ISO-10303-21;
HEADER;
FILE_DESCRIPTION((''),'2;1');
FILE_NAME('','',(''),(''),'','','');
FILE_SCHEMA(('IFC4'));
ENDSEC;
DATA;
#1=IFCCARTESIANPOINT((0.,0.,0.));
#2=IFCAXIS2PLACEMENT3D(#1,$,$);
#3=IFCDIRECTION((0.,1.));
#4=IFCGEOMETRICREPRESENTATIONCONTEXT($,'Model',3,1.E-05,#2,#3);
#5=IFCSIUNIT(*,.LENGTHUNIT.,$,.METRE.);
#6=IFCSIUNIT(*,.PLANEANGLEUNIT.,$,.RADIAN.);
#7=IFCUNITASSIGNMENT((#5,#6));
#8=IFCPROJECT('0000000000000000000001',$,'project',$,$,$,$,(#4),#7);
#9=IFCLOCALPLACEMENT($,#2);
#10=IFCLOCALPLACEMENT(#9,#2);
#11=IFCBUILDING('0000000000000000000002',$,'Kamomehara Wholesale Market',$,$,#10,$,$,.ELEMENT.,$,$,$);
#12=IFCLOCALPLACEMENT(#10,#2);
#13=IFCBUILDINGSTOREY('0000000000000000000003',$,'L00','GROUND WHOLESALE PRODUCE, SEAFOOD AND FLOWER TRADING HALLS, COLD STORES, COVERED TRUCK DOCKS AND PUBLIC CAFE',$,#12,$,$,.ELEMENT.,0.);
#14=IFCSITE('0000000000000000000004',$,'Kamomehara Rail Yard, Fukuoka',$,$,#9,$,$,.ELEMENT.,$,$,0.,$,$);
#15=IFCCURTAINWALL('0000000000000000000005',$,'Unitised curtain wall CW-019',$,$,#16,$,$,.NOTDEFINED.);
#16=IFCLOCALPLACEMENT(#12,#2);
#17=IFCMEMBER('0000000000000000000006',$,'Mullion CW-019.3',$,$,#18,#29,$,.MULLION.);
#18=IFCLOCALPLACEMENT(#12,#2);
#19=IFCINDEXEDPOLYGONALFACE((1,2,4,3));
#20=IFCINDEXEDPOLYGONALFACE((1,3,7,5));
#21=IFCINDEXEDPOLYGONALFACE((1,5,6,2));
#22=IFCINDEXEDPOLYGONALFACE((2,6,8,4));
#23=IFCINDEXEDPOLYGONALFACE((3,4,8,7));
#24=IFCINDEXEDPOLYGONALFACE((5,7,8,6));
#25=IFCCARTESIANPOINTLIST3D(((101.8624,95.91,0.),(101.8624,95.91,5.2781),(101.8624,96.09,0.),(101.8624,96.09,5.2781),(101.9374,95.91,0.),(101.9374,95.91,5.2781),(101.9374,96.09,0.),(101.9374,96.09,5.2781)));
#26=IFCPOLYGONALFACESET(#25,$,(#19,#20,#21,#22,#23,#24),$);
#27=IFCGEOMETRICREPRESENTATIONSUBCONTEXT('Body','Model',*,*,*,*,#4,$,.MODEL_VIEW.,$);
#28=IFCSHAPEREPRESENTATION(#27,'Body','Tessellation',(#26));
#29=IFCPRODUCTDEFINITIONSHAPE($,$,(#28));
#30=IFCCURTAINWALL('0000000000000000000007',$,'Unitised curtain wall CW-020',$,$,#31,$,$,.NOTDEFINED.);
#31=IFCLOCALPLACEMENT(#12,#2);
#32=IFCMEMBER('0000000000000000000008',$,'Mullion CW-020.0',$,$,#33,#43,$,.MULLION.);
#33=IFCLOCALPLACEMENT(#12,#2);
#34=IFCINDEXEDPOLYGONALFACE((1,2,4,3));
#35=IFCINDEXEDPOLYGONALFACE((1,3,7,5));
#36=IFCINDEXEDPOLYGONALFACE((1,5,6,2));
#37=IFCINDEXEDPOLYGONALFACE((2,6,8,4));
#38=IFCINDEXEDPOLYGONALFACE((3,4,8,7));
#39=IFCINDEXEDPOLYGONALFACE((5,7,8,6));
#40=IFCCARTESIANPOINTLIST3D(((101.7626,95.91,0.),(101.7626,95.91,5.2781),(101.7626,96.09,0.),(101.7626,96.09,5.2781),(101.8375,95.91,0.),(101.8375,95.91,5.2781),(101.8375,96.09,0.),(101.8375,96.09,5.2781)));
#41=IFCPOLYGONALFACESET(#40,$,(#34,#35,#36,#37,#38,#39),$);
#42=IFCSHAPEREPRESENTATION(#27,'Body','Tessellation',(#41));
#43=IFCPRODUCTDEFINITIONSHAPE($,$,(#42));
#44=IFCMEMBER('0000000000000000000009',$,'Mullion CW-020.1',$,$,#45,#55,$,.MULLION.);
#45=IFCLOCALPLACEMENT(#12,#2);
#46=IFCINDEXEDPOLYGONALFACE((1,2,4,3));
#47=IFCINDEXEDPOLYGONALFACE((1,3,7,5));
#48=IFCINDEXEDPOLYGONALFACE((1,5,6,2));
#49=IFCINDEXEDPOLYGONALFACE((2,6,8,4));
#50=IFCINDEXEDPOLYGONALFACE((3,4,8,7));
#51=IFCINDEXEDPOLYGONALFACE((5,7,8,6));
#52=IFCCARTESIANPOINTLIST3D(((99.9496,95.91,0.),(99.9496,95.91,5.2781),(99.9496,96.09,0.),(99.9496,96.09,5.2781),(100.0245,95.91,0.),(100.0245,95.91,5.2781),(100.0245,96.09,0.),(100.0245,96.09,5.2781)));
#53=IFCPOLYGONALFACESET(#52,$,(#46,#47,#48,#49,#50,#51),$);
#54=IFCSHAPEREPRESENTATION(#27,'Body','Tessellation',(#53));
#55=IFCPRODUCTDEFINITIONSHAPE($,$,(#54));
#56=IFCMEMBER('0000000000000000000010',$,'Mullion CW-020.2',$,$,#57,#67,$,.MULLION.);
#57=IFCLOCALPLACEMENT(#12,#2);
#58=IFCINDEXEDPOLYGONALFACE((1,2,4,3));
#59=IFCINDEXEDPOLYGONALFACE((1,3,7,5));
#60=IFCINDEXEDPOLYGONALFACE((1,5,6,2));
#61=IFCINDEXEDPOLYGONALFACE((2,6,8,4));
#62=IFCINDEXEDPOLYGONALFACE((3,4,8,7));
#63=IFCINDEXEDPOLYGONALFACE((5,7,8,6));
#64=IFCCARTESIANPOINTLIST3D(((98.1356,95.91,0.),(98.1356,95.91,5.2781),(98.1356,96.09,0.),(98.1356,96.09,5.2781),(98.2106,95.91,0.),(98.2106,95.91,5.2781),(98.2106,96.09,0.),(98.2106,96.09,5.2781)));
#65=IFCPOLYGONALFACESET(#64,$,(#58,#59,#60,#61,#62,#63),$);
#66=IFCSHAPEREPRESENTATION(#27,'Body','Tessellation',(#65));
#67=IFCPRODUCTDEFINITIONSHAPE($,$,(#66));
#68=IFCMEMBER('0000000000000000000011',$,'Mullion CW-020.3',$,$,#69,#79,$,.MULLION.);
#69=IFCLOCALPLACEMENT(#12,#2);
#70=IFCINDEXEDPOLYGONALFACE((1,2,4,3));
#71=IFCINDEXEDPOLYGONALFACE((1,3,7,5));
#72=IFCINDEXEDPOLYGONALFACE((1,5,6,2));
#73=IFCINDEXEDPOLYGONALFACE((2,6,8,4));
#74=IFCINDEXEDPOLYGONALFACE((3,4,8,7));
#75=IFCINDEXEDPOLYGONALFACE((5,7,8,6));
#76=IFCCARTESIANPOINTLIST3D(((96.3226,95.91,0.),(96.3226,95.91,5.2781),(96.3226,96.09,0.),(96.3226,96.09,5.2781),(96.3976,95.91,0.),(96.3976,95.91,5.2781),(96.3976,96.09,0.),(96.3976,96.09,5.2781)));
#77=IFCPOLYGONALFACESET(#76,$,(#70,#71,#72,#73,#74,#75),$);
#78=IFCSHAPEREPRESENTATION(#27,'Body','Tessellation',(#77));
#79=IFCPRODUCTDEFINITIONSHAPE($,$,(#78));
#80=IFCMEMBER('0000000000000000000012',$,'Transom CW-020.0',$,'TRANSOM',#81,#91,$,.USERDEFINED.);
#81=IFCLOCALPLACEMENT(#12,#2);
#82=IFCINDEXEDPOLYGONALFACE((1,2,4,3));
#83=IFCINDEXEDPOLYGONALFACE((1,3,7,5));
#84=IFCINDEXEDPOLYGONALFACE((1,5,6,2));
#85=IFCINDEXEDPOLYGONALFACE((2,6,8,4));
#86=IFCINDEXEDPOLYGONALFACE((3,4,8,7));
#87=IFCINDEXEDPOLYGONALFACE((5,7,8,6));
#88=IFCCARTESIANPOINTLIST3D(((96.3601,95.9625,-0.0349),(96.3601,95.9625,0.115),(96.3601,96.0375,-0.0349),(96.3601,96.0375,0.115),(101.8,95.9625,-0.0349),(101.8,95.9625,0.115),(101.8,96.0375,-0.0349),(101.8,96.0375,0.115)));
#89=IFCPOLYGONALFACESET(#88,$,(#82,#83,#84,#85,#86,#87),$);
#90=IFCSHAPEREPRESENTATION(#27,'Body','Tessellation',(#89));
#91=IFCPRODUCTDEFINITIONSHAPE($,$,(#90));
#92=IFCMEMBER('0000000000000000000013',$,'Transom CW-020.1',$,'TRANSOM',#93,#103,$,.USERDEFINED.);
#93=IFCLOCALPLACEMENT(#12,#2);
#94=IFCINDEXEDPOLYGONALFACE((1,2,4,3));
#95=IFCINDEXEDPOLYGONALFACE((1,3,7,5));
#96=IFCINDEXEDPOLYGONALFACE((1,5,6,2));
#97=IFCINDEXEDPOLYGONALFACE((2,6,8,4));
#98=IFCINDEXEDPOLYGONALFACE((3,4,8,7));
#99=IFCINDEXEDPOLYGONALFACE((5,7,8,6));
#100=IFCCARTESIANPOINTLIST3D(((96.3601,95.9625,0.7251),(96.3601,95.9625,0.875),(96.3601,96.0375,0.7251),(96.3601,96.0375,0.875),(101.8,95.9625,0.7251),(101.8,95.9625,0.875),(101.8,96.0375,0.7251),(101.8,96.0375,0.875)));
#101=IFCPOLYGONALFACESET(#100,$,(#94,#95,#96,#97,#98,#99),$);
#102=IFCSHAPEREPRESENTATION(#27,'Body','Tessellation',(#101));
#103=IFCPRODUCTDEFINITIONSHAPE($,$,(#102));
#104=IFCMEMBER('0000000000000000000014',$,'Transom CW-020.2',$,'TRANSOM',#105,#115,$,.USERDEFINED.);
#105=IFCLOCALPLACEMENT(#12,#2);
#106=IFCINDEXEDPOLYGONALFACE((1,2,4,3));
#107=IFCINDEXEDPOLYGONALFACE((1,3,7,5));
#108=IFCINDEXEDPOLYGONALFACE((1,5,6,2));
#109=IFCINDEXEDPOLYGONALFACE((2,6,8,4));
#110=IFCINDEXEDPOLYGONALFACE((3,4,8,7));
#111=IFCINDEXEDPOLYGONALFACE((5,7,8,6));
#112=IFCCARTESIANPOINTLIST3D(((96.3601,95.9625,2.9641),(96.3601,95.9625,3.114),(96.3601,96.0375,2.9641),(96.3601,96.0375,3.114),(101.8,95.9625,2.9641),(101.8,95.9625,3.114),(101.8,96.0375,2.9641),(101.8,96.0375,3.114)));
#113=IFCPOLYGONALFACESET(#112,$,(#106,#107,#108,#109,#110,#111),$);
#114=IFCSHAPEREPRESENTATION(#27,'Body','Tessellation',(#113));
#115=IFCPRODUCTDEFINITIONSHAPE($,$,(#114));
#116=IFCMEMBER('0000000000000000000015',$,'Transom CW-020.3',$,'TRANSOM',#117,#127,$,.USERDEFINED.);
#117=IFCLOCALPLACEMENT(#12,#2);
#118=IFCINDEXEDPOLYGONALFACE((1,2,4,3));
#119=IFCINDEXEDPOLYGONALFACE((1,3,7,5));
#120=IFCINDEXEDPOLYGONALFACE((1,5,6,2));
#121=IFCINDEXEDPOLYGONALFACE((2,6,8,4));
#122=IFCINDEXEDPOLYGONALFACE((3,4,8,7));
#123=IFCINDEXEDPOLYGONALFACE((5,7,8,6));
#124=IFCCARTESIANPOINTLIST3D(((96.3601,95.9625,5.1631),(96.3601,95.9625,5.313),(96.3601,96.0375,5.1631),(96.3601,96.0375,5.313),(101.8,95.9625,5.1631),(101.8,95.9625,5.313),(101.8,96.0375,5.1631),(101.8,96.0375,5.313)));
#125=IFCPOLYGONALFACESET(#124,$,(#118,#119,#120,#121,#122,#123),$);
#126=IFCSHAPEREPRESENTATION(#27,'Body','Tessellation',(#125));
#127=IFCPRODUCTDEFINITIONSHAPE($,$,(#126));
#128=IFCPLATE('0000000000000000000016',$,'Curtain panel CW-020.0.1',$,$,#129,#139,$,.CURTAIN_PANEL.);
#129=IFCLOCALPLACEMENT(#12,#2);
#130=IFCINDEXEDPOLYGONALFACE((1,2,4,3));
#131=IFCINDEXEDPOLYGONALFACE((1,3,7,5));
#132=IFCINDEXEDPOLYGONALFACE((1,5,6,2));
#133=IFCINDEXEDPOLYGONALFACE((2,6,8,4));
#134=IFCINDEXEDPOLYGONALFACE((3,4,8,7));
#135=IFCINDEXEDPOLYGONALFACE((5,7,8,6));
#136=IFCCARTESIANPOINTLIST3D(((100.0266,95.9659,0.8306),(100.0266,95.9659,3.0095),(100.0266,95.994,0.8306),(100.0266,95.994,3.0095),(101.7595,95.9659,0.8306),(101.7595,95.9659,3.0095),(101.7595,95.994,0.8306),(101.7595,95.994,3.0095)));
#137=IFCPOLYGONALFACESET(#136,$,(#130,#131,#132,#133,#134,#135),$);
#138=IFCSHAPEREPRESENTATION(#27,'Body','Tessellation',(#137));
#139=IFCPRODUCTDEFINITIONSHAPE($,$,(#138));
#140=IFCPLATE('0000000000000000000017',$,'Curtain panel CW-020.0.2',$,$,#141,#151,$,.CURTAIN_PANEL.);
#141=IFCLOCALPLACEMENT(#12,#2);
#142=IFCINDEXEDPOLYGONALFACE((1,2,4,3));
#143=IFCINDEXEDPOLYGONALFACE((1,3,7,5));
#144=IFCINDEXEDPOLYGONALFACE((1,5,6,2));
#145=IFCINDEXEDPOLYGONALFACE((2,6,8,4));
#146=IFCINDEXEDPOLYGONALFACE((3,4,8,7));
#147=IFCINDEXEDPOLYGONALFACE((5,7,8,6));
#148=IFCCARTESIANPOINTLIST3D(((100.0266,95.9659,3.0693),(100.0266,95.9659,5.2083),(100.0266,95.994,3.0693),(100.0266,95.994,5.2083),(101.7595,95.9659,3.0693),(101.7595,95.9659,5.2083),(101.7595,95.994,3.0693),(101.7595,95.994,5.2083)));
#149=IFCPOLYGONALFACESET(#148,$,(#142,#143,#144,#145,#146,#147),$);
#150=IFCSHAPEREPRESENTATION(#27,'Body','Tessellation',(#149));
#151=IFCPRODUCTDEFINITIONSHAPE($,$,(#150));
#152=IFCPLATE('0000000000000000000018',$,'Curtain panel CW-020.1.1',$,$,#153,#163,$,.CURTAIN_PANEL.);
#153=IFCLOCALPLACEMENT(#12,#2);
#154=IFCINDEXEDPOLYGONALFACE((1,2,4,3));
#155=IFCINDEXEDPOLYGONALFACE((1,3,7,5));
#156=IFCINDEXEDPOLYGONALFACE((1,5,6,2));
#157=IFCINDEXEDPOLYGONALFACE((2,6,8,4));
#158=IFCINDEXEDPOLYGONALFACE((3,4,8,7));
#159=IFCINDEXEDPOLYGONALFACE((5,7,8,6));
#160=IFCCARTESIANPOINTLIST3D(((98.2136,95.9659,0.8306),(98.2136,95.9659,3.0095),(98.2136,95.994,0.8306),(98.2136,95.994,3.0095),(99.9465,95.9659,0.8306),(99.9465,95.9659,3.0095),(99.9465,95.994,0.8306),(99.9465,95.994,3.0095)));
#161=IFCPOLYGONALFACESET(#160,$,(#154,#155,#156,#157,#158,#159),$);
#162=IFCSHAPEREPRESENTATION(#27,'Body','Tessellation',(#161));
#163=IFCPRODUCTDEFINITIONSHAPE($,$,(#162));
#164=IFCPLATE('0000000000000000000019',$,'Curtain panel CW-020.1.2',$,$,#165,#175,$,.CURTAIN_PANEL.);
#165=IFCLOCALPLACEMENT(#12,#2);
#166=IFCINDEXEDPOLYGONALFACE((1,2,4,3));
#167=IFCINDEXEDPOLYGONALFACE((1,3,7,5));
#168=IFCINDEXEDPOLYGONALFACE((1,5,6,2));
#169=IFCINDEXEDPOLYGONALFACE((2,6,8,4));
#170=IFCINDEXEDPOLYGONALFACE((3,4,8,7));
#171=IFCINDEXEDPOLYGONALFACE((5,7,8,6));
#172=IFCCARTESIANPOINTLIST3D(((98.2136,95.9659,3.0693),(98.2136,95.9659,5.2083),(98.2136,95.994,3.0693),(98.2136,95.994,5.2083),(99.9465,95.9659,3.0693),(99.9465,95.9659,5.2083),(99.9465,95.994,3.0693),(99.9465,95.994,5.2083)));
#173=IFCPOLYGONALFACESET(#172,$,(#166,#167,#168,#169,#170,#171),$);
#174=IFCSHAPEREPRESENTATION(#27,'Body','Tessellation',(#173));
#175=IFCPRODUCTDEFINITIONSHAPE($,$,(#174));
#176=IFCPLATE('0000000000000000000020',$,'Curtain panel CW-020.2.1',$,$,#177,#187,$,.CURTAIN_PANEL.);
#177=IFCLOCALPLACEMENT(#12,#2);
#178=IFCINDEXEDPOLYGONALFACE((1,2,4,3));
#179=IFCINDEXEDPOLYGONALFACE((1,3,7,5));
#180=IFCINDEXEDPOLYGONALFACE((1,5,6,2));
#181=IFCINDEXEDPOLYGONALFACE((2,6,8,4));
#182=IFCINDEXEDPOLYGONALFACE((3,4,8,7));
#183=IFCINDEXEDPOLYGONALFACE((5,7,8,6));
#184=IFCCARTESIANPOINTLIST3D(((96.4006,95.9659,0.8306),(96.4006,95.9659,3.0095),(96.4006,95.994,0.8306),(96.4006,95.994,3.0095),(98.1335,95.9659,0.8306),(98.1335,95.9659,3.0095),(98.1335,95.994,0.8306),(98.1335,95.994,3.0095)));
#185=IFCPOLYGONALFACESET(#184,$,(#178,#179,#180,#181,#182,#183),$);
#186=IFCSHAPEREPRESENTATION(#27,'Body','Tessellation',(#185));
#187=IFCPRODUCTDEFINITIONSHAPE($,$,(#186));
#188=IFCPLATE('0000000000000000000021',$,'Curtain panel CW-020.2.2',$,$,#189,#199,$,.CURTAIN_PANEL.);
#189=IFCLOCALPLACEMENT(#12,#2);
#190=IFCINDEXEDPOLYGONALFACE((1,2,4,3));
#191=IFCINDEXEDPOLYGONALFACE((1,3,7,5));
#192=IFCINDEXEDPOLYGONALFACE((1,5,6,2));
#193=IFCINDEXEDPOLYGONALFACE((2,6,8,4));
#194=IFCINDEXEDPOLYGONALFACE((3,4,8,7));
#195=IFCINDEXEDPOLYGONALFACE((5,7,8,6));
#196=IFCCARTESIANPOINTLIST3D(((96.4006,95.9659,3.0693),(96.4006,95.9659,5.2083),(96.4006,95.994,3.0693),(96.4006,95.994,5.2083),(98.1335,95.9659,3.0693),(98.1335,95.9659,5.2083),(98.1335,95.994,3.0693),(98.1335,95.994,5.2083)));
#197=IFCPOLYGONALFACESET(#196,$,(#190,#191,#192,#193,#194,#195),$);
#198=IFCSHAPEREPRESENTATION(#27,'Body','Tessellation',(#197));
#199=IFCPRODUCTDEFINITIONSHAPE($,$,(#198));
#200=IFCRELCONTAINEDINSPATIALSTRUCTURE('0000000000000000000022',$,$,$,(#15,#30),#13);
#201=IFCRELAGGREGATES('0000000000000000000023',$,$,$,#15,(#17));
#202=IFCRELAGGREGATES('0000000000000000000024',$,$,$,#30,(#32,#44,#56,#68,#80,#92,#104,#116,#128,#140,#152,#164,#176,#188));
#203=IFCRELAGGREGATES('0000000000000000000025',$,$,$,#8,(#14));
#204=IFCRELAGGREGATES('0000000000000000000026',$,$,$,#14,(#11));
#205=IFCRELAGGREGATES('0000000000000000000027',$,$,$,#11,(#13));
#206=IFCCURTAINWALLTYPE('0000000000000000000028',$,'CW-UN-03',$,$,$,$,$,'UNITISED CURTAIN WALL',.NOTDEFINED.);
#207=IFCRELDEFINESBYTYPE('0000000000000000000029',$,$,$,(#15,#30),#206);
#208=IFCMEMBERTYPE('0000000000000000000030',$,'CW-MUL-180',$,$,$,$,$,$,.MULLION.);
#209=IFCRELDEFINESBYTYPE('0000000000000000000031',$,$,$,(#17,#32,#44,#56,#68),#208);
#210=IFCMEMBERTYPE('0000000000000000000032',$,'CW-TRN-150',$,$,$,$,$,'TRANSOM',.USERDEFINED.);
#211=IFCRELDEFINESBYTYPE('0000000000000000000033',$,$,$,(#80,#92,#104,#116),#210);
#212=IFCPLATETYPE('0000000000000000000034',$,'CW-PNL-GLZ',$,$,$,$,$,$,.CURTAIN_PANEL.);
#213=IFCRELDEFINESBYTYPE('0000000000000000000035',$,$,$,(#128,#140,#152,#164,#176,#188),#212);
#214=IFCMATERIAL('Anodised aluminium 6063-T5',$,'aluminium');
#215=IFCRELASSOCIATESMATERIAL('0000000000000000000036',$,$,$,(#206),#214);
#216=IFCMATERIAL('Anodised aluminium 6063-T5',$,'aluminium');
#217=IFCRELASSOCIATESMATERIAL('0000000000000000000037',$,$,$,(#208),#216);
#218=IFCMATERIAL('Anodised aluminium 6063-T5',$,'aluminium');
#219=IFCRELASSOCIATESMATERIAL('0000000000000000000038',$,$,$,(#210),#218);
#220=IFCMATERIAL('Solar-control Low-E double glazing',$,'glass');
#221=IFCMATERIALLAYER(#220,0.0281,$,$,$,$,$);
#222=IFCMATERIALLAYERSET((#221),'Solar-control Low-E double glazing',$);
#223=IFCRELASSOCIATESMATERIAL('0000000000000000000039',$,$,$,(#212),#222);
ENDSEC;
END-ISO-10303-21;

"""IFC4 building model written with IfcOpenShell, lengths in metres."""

from ifc_helpers import new_model, si_unit, direction, frame, origin, origin_2d, place, context, subcontext, project, spatial, rectangle, extrude, material, layer, layer_set, material_profile, profile_set, type_object, element, aggregate, save


model = new_model("IFC4")

# Units and contexts
model_context = context("Model", 3, precision=1e-05, world=origin(), true_north=direction((0.0, 1.0)))
body_context = subcontext(model_context, "Body", "Model", "MODEL_VIEW")
ifc_project = project(units=[si_unit("LENGTHUNIT", "METRE"), si_unit("PLANEANGLEUNIT", "RADIAN")], contexts=[model_context])

# Site, building, storey
site_placement = place(None, origin())
site = spatial("IfcSite", under=ifc_project, at=site_placement, Name="Kamomehara Rail Yard, Fukuoka", CompositionType="ELEMENT", RefElevation=0.0)
building_placement = place(site_placement, origin())
building = spatial("IfcBuilding", under=site, at=building_placement, Name="Kamomehara Wholesale Market", CompositionType="ELEMENT")
storey_placement = place(building_placement, origin())
storey = spatial("IfcBuildingStorey", under=building, at=storey_placement, Name="L00", Description="GROUND WHOLESALE PRODUCE, SEAFOOD AND FLOWER TRADING HALLS, COLD STORES, COVERED TRUCK DOCKS AND PUBLIC CAFE", CompositionType="ELEMENT", Elevation=0.0)

# Curtain wall, member
ifc_material_1 = material(Name="Anodised aluminium 6063-T5", Category="aluminium")
curtain_wall_type = type_object("IfcCurtainWallType", Name="CW-UN-03", ElementType="UNITISED CURTAIN WALL", PredefinedType="NOTDEFINED", material=ifc_material_1)
curtain_wall_1_placement = place(storey_placement, origin())
curtain_wall_1 = element("IfcCurtainWall", 1, at=curtain_wall_1_placement, inside=storey, type_object=curtain_wall_type, Name="Unitised curtain wall CW-019", PredefinedType="NOTDEFINED")
ifc_material_2 = material(Name="Anodised aluminium 6063-T5", Category="aluminium")
ifc_material_profile_1 = material_profile(ifc_material_2, rectangle(XDim=0.075, YDim=0.1799, at=origin_2d()), Name="ALU-MUL-75x180")
ifc_profile_set_1 = profile_set([ifc_material_profile_1], Name="Anodised aluminium 6063-T5")
member_type_1 = type_object("IfcMemberType", Name="CW-MUL-180", PredefinedType="MULLION", material=ifc_profile_set_1)
member_1_placement = place(storey_placement, frame((101.8999, 96.0, 0.0), z_axis=(0.0, 0.0, 1.0), x_axis=(-1.0, 0.0, 0.0)))
member_1 = element("IfcMember", 2, at=member_1_placement, type_object=member_type_1, Name="Mullion CW-019.3", PredefinedType="MULLION", context=body_context, shape_type="SweptSolid", body=[
    extrude(rectangle(XDim=0.075, YDim=0.1799, at=origin_2d()), origin(), (0.0, 0.0, 1.0), 5.2781),
])

# Curtain wall, members, plates
curtain_wall_2_placement = place(storey_placement, origin())
curtain_wall_2 = element("IfcCurtainWall", 3, at=curtain_wall_2_placement, inside=storey, type_object=curtain_wall_type, Name="Unitised curtain wall CW-020", PredefinedType="NOTDEFINED")
member_2_placement = place(storey_placement, frame((101.8, 96.0, 0.0), z_axis=(0.0, 0.0, 1.0), x_axis=(-1.0, 0.0, 0.0)))
member_2 = element("IfcMember", 4, at=member_2_placement, type_object=member_type_1, Name="Mullion CW-020.0", PredefinedType="MULLION", context=body_context, shape_type="SweptSolid", body=[
    extrude(rectangle(XDim=0.075, YDim=0.1799, at=origin_2d()), origin(), (0.0, 0.0, 1.0), 5.2781),
])
member_3_placement = place(storey_placement, frame((99.9871, 96.0, 0.0), z_axis=(0.0, 0.0, 1.0), x_axis=(-1.0, 0.0, 0.0)))
member_3 = element("IfcMember", 5, at=member_3_placement, type_object=member_type_1, Name="Mullion CW-020.1", PredefinedType="MULLION", context=body_context, shape_type="SweptSolid", body=[
    extrude(rectangle(XDim=0.075, YDim=0.1799, at=origin_2d()), origin(), (0.0, 0.0, 1.0), 5.2781),
])
member_4_placement = place(storey_placement, frame((98.1731, 96.0, 0.0), z_axis=(0.0, 0.0, 1.0), x_axis=(-1.0, 0.0, 0.0)))
member_4 = element("IfcMember", 6, at=member_4_placement, type_object=member_type_1, Name="Mullion CW-020.2", PredefinedType="MULLION", context=body_context, shape_type="SweptSolid", body=[
    extrude(rectangle(XDim=0.075, YDim=0.1799, at=origin_2d()), origin(), (0.0, 0.0, 1.0), 5.2781),
])
member_5_placement = place(storey_placement, frame((96.3601, 96.0, 0.0), z_axis=(0.0, 0.0, 1.0), x_axis=(-1.0, 0.0, 0.0)))
member_5 = element("IfcMember", 7, at=member_5_placement, type_object=member_type_1, Name="Mullion CW-020.3", PredefinedType="MULLION", context=body_context, shape_type="SweptSolid", body=[
    extrude(rectangle(XDim=0.075, YDim=0.1799, at=origin_2d()), origin(), (0.0, 0.0, 1.0), 5.2781),
])
ifc_material_3 = material(Name="Anodised aluminium 6063-T5", Category="aluminium")
ifc_material_profile_2 = material_profile(ifc_material_3, rectangle(XDim=0.075, YDim=0.1499, at=origin_2d()), Name="ALU-TRN-75x150")
ifc_profile_set_2 = profile_set([ifc_material_profile_2], Name="Anodised aluminium 6063-T5")
member_type_2 = type_object("IfcMemberType", Name="CW-TRN-150", ElementType="TRANSOM", PredefinedType="USERDEFINED", material=ifc_profile_set_2)
member_6_placement = place(storey_placement, frame((101.8, 96.0, 0.04), z_axis=(-1.0, 0.0, 0.0), x_axis=(0.0, -1.0, 0.0)))
member_6 = element("IfcMember", 8, at=member_6_placement, type_object=member_type_2, Name="Transom CW-020.0", ObjectType="TRANSOM", PredefinedType="USERDEFINED", context=body_context, shape_type="SweptSolid", body=[
    extrude(rectangle(XDim=0.075, YDim=0.1499, at=origin_2d()), origin(), (0.0, 0.0, 1.0), 5.4399),
])
member_7_placement = place(storey_placement, frame((101.8, 96.0, 0.8), z_axis=(-1.0, 0.0, 0.0), x_axis=(0.0, -1.0, 0.0)))
member_7 = element("IfcMember", 9, at=member_7_placement, type_object=member_type_2, Name="Transom CW-020.1", ObjectType="TRANSOM", PredefinedType="USERDEFINED", context=body_context, shape_type="SweptSolid", body=[
    extrude(rectangle(XDim=0.075, YDim=0.1499, at=origin_2d()), origin(), (0.0, 0.0, 1.0), 5.4399),
])
member_8_placement = place(storey_placement, frame((101.8, 96.0, 3.0391), z_axis=(-1.0, 0.0, 0.0), x_axis=(0.0, -1.0, 0.0)))
member_8 = element("IfcMember", 10, at=member_8_placement, type_object=member_type_2, Name="Transom CW-020.2", ObjectType="TRANSOM", PredefinedType="USERDEFINED", context=body_context, shape_type="SweptSolid", body=[
    extrude(rectangle(XDim=0.075, YDim=0.1499, at=origin_2d()), origin(), (0.0, 0.0, 1.0), 5.4399),
])
member_9_placement = place(storey_placement, frame((101.8, 96.0, 5.238), z_axis=(-1.0, 0.0, 0.0), x_axis=(0.0, -1.0, 0.0)))
member_9 = element("IfcMember", 11, at=member_9_placement, type_object=member_type_2, Name="Transom CW-020.3", ObjectType="TRANSOM", PredefinedType="USERDEFINED", context=body_context, shape_type="SweptSolid", body=[
    extrude(rectangle(XDim=0.075, YDim=0.1499, at=origin_2d()), origin(), (0.0, 0.0, 1.0), 5.4399),
])
ifc_material_4 = material(Name="Solar-control Low-E double glazing", Category="glass")
ifc_layer_1 = layer(ifc_material_4, 0.0281)
ifc_layer_set_1 = layer_set([ifc_layer_1], Name="Solar-control Low-E double glazing")
plate_type_1 = type_object("IfcPlateType", Name="CW-PNL-GLZ", PredefinedType="CURTAIN_PANEL", material=ifc_layer_set_1)
plate_1_placement = place(storey_placement, frame((100.8931, 95.98, 0.8306), z_axis=(0.0, 0.0, 1.0), x_axis=(-1.0, 0.0, 0.0)))
plate_1 = element("IfcPlate", 12, at=plate_1_placement, type_object=plate_type_1, Name="Curtain panel CW-020.0.1", PredefinedType="CURTAIN_PANEL", context=body_context, shape_type="SweptSolid", body=[
    extrude(rectangle(XDim=1.7329, YDim=0.0281, at=origin_2d()), origin(), (0.0, 0.0, 1.0), 2.179),
])
plate_2_placement = place(storey_placement, frame((100.8931, 95.98, 3.0693), z_axis=(0.0, 0.0, 1.0), x_axis=(-1.0, 0.0, 0.0)))
plate_2 = element("IfcPlate", 13, at=plate_2_placement, type_object=plate_type_1, Name="Curtain panel CW-020.0.2", PredefinedType="CURTAIN_PANEL", context=body_context, shape_type="SweptSolid", body=[
    extrude(rectangle(XDim=1.7329, YDim=0.0281, at=origin_2d()), origin(), (0.0, 0.0, 1.0), 2.1389),
])
plate_3_placement = place(storey_placement, frame((99.0801, 95.98, 0.8306), z_axis=(0.0, 0.0, 1.0), x_axis=(-1.0, 0.0, 0.0)))
plate_3 = element("IfcPlate", 14, at=plate_3_placement, type_object=plate_type_1, Name="Curtain panel CW-020.1.1", PredefinedType="CURTAIN_PANEL", context=body_context, shape_type="SweptSolid", body=[
    extrude(rectangle(XDim=1.7329, YDim=0.0281, at=origin_2d()), origin(), (0.0, 0.0, 1.0), 2.179),
])
plate_4_placement = place(storey_placement, frame((99.0801, 95.98, 3.0693), z_axis=(0.0, 0.0, 1.0), x_axis=(-1.0, 0.0, 0.0)))
plate_4 = element("IfcPlate", 15, at=plate_4_placement, type_object=plate_type_1, Name="Curtain panel CW-020.1.2", PredefinedType="CURTAIN_PANEL", context=body_context, shape_type="SweptSolid", body=[
    extrude(rectangle(XDim=1.7329, YDim=0.0281, at=origin_2d()), origin(), (0.0, 0.0, 1.0), 2.1389),
])
plate_5_placement = place(storey_placement, frame((97.2671, 95.98, 0.8306), z_axis=(0.0, 0.0, 1.0), x_axis=(-1.0, 0.0, 0.0)))
plate_5 = element("IfcPlate", 16, at=plate_5_placement, type_object=plate_type_1, Name="Curtain panel CW-020.2.1", PredefinedType="CURTAIN_PANEL", context=body_context, shape_type="SweptSolid", body=[
    extrude(rectangle(XDim=1.7329, YDim=0.0281, at=origin_2d()), origin(), (0.0, 0.0, 1.0), 2.179),
])
plate_6_placement = place(storey_placement, frame((97.2671, 95.98, 3.0693), z_axis=(0.0, 0.0, 1.0), x_axis=(-1.0, 0.0, 0.0)))
plate_6 = element("IfcPlate", 17, at=plate_6_placement, type_object=plate_type_1, Name="Curtain panel CW-020.2.2", PredefinedType="CURTAIN_PANEL", context=body_context, shape_type="SweptSolid", body=[
    extrude(rectangle(XDim=1.7329, YDim=0.0281, at=origin_2d()), origin(), (0.0, 0.0, 1.0), 2.1389),
])

aggregate(curtain_wall_1, [member_1])
aggregate(curtain_wall_2, [member_2, member_3, member_4, member_5, member_6, member_7, member_8, member_9, plate_1, plate_2, plate_3, plate_4, plate_5, plate_6])

save(model, "model.ifc")
